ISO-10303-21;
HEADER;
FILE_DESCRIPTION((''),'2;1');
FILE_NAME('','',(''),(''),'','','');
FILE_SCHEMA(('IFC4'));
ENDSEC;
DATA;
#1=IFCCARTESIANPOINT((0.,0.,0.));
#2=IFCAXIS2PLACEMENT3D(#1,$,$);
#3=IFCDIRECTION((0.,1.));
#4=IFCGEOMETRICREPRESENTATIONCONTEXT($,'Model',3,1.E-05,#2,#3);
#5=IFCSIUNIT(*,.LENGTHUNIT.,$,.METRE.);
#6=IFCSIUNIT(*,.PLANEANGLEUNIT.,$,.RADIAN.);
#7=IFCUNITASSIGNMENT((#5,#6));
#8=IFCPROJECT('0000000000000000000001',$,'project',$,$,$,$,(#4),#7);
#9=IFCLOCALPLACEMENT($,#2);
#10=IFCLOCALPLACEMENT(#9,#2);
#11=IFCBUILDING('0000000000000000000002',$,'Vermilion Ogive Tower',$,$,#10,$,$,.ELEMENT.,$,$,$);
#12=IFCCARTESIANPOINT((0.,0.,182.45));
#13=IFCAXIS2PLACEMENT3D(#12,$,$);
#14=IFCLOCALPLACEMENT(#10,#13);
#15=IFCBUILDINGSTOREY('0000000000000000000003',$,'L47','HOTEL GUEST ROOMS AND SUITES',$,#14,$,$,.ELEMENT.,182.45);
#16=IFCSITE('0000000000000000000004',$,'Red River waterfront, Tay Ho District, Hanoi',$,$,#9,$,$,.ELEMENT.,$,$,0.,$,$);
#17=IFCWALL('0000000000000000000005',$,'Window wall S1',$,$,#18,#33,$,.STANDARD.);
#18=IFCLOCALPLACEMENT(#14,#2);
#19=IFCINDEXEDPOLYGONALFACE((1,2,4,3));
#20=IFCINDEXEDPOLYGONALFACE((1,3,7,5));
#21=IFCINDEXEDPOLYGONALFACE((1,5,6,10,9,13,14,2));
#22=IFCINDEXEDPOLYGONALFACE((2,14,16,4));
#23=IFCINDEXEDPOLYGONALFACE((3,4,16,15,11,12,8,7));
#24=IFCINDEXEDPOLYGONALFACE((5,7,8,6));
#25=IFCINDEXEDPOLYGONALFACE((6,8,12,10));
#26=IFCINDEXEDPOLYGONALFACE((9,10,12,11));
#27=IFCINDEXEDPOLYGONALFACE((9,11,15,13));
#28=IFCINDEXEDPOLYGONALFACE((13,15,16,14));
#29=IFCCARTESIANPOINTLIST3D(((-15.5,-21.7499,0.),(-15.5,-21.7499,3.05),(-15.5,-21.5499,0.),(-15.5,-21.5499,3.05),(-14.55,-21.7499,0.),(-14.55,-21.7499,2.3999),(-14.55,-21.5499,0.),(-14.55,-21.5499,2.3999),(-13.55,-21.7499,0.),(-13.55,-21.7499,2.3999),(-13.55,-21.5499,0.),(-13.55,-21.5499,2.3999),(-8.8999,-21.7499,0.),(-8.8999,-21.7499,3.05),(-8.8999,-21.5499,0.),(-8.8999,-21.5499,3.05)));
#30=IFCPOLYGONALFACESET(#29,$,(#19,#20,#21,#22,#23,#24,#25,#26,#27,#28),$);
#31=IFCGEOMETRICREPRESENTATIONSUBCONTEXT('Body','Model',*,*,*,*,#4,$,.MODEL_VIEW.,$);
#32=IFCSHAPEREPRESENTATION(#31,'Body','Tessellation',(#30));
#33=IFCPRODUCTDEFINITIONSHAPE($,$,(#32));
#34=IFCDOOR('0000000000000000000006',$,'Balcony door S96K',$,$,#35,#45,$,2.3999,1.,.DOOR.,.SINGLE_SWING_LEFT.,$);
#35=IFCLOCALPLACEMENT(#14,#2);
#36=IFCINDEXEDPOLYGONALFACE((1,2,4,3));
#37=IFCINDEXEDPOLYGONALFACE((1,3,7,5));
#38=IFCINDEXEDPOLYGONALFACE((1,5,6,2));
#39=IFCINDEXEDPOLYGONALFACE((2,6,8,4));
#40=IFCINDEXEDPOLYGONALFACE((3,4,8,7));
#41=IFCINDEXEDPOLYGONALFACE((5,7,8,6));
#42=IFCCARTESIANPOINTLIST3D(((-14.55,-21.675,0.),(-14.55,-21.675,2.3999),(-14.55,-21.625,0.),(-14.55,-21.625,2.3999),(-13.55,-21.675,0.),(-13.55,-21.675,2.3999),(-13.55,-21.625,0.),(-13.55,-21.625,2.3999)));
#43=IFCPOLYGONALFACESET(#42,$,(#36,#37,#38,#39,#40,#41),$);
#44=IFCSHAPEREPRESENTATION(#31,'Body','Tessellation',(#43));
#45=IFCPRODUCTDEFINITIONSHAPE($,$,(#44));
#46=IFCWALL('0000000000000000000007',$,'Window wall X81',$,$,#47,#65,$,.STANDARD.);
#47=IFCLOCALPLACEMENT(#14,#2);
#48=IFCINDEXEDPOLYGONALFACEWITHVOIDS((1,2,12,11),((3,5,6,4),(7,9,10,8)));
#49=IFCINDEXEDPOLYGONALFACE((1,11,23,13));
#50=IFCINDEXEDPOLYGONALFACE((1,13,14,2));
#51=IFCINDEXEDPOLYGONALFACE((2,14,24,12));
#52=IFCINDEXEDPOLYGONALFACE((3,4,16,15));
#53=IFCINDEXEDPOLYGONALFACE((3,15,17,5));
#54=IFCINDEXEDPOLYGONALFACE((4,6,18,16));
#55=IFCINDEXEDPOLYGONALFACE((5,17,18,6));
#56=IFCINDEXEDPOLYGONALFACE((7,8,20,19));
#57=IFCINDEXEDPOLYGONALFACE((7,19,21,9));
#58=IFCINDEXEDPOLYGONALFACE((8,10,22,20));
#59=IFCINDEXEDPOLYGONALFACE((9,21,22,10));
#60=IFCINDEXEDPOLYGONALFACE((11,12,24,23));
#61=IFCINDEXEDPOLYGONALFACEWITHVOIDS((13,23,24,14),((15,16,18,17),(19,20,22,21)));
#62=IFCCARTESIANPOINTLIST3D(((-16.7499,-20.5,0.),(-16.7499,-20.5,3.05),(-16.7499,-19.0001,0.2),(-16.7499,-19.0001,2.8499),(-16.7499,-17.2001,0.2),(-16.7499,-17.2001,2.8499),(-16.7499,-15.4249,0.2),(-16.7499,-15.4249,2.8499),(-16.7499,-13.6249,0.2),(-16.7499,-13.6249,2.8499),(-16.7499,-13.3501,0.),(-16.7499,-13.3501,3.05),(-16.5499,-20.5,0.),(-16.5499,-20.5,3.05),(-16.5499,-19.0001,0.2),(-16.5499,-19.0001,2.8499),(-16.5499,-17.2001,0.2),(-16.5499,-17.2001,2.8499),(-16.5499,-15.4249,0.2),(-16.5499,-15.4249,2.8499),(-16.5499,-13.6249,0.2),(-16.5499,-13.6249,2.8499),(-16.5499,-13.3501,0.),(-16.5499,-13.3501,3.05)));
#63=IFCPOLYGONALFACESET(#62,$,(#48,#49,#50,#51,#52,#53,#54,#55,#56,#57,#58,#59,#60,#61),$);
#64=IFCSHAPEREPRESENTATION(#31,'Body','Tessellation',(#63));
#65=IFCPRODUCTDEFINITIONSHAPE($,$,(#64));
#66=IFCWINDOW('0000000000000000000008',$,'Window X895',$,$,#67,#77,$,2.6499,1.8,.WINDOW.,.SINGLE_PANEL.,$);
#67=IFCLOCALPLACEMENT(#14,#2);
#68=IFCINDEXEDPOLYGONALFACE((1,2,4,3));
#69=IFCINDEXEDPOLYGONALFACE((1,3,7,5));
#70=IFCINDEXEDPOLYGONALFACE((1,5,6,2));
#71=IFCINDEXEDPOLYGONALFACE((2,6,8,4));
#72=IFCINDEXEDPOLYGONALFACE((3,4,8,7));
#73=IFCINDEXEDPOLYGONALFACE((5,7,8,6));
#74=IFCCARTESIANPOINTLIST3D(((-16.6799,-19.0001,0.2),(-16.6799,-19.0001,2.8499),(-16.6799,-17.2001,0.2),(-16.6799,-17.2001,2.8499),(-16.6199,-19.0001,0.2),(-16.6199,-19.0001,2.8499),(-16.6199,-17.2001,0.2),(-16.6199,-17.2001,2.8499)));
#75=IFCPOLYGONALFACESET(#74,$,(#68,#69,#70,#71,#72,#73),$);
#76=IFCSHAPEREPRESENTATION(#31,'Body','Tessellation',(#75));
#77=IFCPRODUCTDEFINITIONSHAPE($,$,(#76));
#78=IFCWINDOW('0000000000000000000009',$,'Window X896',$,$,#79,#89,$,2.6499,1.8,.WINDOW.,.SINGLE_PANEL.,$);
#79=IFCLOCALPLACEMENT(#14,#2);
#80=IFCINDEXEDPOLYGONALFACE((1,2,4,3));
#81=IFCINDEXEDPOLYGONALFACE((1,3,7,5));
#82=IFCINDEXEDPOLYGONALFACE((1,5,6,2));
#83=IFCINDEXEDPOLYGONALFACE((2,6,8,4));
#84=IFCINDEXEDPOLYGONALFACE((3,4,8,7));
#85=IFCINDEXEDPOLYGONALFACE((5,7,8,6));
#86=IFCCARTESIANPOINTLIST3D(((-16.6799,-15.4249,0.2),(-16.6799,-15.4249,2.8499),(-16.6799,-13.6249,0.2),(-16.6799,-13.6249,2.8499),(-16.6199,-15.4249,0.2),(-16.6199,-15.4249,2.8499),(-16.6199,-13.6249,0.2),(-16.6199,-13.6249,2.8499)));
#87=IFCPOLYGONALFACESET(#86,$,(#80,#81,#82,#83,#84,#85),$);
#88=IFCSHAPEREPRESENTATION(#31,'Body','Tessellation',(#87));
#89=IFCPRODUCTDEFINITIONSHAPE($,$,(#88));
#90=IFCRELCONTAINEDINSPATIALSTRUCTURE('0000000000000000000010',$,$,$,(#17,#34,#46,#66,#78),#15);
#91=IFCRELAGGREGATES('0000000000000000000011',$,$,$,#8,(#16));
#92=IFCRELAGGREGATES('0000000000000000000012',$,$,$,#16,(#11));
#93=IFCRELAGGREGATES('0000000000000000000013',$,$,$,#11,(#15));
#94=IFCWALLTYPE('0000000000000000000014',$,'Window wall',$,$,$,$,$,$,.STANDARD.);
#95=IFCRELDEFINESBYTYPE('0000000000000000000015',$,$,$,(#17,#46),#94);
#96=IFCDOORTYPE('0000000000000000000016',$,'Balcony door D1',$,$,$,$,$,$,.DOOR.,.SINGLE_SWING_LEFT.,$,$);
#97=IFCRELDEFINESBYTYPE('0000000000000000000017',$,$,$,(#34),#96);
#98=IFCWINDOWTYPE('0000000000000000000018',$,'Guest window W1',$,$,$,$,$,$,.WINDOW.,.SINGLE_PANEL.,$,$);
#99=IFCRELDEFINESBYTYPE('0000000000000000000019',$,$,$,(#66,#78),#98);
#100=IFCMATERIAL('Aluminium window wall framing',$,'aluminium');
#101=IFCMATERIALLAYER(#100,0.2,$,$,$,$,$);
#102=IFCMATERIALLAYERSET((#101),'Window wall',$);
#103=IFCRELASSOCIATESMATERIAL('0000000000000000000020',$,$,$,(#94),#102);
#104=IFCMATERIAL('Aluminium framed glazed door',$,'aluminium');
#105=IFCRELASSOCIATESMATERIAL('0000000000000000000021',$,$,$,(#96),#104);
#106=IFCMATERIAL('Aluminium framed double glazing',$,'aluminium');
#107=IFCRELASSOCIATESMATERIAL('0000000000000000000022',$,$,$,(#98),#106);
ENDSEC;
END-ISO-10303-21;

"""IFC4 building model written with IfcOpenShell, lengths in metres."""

from ifc_helpers import new_model, si_unit, direction, frame, frame_2d, origin, place, context, subcontext, project, spatial, rectangle, extrude, material, layer, layer_set, type_object, element, fill, save


model = new_model("IFC4")

# Units and contexts
model_context = context("Model", 3, precision=1e-05, world=origin(), true_north=direction((0.0, 1.0)))
body_context = subcontext(model_context, "Body", "Model", "MODEL_VIEW")
ifc_project = project(units=[si_unit("LENGTHUNIT", "METRE"), si_unit("PLANEANGLEUNIT", "RADIAN")], contexts=[model_context])

# Site, building, storey
site_placement = place(None, origin())
site = spatial("IfcSite", under=ifc_project, at=site_placement, Name="Red River waterfront, Tay Ho District, Hanoi", CompositionType="ELEMENT", RefElevation=0.0)
building_placement = place(site_placement, origin())
building = spatial("IfcBuilding", under=site, at=building_placement, Name="Vermilion Ogive Tower", CompositionType="ELEMENT")
storey_placement = place(building_placement, frame((0.0, 0.0, 182.45)))
storey = spatial("IfcBuildingStorey", under=building, at=storey_placement, Name="L47", Description="HOTEL GUEST ROOMS AND SUITES", CompositionType="ELEMENT", Elevation=182.45)

# Wall, opening, door
ifc_material_1 = material(Name="Aluminium window wall framing", Category="aluminium")
ifc_layer_1 = layer(ifc_material_1, 0.2)
ifc_layer_set_1 = layer_set([ifc_layer_1], Name="Window wall")
wall_type_1 = type_object("IfcWallType", Name="Window wall", PredefinedType="STANDARD", material=ifc_layer_set_1)
wall_1_placement = place(storey_placement, frame((-15.5, -21.6499, 0.0), z_axis=(0.0, 0.0, 1.0), x_axis=(1.0, 0.0, 0.0)))
wall_1 = element("IfcWall", 1, at=wall_1_placement, inside=storey, type_object=wall_type_1, Name="Window wall S1", PredefinedType="STANDARD", context=body_context, shape_type="SweptSolid", body=[
    extrude(rectangle(XDim=6.6001, YDim=0.2, at=frame_2d((3.3, 0.0))), origin(), (0.0, 0.0, 1.0), 3.05),
])
opening_1_placement = place(wall_1_placement, frame((0.95, 0.0, 0.0)))
opening_1 = element("IfcOpeningElement", 2, at=opening_1_placement, cuts=wall_1, PredefinedType="OPENING", context=body_context, shape_type="SweptSolid", body=[
    extrude(rectangle(XDim=1.0, YDim=2.3999, at=frame_2d((0.5, 1.2))), frame((0.0, 0.1099, 0.0), z_axis=(0.0, -1.0, 0.0), x_axis=(1.0, 0.0, 0.0)), (0.0, 0.0, 1.0), 0.22),
])
ifc_material_2 = material(Name="Aluminium framed glazed door", Category="aluminium")
door_type_1 = type_object("IfcDoorType", Name="Balcony door D1", OperationType="SINGLE_SWING_LEFT", PredefinedType="DOOR", material=ifc_material_2)
door_1_placement = place(opening_1_placement, origin())
door_1 = element("IfcDoor", 3, at=door_1_placement, inside=storey, type_object=door_type_1, Name="Balcony door S96K", OperationType="SINGLE_SWING_LEFT", OverallHeight=2.3999, OverallWidth=1.0, PredefinedType="DOOR", context=body_context, shape_type="SweptSolid", body=[
    extrude(rectangle(XDim=1.0, YDim=2.3999, at=frame_2d((0.5, 1.2))), frame((0.0, 0.0249, 0.0), z_axis=(0.0, -1.0, 0.0), x_axis=(1.0, 0.0, 0.0)), (0.0, 0.0, 1.0), 0.05),
])
fill(opening_1, door_1)

# Wall, openings, windows
wall_2_placement = place(storey_placement, frame((-16.6499, -13.3501, 0.0), z_axis=(0.0, 0.0, 1.0), x_axis=(0.0, -1.0, 0.0)))
wall_2 = element("IfcWall", 4, at=wall_2_placement, inside=storey, type_object=wall_type_1, Name="Window wall X81", PredefinedType="STANDARD", context=body_context, shape_type="SweptSolid", body=[
    extrude(rectangle(XDim=7.1499, YDim=0.2, at=frame_2d((3.575, 0.0))), origin(), (0.0, 0.0, 1.0), 3.05),
])
opening_2_placement = place(wall_2_placement, frame((3.8501, 0.0, 0.2)))
opening_2 = element("IfcOpeningElement", 5, at=opening_2_placement, cuts=wall_2, PredefinedType="OPENING", context=body_context, shape_type="SweptSolid", body=[
    extrude(rectangle(XDim=1.8, YDim=2.6499, at=frame_2d((0.8999, 1.325))), frame((0.0, 0.1099, 0.0), z_axis=(0.0, -1.0, 0.0), x_axis=(1.0, 0.0, 0.0)), (0.0, 0.0, 1.0), 0.22),
])
opening_3_placement = place(wall_2_placement, frame((0.2749, 0.0, 0.2)))
opening_3 = element("IfcOpeningElement", 6, at=opening_3_placement, cuts=wall_2, PredefinedType="OPENING", context=body_context, shape_type="SweptSolid", body=[
    extrude(rectangle(XDim=1.8, YDim=2.6499, at=frame_2d((0.8999, 1.325))), frame((0.0, 0.1099, 0.0), z_axis=(0.0, -1.0, 0.0), x_axis=(1.0, 0.0, 0.0)), (0.0, 0.0, 1.0), 0.22),
])
ifc_material_3 = material(Name="Aluminium framed double glazing", Category="aluminium")
window_type = type_object("IfcWindowType", Name="Guest window W1", PartitioningType="SINGLE_PANEL", PredefinedType="WINDOW", material=ifc_material_3)
window_1_placement = place(opening_2_placement, origin())
window_1 = element("IfcWindow", 7, at=window_1_placement, inside=storey, type_object=window_type, Name="Window X895", OverallHeight=2.6499, OverallWidth=1.8, PartitioningType="SINGLE_PANEL", PredefinedType="WINDOW", context=body_context, shape_type="SweptSolid", body=[
    extrude(rectangle(XDim=1.8, YDim=2.6499, at=frame_2d((0.8999, 1.325))), frame((0.0, 0.03, 0.0), z_axis=(0.0, -1.0, 0.0), x_axis=(1.0, 0.0, 0.0)), (0.0, 0.0, 1.0), 0.0601),
])
fill(opening_2, window_1)
window_2_placement = place(opening_3_placement, origin())
window_2 = element("IfcWindow", 8, at=window_2_placement, inside=storey, type_object=window_type, Name="Window X896", OverallHeight=2.6499, OverallWidth=1.8, PartitioningType="SINGLE_PANEL", PredefinedType="WINDOW", context=body_context, shape_type="SweptSolid", body=[
    extrude(rectangle(XDim=1.8, YDim=2.6499, at=frame_2d((0.8999, 1.325))), frame((0.0, 0.03, 0.0), z_axis=(0.0, -1.0, 0.0), x_axis=(1.0, 0.0, 0.0)), (0.0, 0.0, 1.0), 0.0601),
])
fill(opening_3, window_2)

save(model, "model.ifc")
